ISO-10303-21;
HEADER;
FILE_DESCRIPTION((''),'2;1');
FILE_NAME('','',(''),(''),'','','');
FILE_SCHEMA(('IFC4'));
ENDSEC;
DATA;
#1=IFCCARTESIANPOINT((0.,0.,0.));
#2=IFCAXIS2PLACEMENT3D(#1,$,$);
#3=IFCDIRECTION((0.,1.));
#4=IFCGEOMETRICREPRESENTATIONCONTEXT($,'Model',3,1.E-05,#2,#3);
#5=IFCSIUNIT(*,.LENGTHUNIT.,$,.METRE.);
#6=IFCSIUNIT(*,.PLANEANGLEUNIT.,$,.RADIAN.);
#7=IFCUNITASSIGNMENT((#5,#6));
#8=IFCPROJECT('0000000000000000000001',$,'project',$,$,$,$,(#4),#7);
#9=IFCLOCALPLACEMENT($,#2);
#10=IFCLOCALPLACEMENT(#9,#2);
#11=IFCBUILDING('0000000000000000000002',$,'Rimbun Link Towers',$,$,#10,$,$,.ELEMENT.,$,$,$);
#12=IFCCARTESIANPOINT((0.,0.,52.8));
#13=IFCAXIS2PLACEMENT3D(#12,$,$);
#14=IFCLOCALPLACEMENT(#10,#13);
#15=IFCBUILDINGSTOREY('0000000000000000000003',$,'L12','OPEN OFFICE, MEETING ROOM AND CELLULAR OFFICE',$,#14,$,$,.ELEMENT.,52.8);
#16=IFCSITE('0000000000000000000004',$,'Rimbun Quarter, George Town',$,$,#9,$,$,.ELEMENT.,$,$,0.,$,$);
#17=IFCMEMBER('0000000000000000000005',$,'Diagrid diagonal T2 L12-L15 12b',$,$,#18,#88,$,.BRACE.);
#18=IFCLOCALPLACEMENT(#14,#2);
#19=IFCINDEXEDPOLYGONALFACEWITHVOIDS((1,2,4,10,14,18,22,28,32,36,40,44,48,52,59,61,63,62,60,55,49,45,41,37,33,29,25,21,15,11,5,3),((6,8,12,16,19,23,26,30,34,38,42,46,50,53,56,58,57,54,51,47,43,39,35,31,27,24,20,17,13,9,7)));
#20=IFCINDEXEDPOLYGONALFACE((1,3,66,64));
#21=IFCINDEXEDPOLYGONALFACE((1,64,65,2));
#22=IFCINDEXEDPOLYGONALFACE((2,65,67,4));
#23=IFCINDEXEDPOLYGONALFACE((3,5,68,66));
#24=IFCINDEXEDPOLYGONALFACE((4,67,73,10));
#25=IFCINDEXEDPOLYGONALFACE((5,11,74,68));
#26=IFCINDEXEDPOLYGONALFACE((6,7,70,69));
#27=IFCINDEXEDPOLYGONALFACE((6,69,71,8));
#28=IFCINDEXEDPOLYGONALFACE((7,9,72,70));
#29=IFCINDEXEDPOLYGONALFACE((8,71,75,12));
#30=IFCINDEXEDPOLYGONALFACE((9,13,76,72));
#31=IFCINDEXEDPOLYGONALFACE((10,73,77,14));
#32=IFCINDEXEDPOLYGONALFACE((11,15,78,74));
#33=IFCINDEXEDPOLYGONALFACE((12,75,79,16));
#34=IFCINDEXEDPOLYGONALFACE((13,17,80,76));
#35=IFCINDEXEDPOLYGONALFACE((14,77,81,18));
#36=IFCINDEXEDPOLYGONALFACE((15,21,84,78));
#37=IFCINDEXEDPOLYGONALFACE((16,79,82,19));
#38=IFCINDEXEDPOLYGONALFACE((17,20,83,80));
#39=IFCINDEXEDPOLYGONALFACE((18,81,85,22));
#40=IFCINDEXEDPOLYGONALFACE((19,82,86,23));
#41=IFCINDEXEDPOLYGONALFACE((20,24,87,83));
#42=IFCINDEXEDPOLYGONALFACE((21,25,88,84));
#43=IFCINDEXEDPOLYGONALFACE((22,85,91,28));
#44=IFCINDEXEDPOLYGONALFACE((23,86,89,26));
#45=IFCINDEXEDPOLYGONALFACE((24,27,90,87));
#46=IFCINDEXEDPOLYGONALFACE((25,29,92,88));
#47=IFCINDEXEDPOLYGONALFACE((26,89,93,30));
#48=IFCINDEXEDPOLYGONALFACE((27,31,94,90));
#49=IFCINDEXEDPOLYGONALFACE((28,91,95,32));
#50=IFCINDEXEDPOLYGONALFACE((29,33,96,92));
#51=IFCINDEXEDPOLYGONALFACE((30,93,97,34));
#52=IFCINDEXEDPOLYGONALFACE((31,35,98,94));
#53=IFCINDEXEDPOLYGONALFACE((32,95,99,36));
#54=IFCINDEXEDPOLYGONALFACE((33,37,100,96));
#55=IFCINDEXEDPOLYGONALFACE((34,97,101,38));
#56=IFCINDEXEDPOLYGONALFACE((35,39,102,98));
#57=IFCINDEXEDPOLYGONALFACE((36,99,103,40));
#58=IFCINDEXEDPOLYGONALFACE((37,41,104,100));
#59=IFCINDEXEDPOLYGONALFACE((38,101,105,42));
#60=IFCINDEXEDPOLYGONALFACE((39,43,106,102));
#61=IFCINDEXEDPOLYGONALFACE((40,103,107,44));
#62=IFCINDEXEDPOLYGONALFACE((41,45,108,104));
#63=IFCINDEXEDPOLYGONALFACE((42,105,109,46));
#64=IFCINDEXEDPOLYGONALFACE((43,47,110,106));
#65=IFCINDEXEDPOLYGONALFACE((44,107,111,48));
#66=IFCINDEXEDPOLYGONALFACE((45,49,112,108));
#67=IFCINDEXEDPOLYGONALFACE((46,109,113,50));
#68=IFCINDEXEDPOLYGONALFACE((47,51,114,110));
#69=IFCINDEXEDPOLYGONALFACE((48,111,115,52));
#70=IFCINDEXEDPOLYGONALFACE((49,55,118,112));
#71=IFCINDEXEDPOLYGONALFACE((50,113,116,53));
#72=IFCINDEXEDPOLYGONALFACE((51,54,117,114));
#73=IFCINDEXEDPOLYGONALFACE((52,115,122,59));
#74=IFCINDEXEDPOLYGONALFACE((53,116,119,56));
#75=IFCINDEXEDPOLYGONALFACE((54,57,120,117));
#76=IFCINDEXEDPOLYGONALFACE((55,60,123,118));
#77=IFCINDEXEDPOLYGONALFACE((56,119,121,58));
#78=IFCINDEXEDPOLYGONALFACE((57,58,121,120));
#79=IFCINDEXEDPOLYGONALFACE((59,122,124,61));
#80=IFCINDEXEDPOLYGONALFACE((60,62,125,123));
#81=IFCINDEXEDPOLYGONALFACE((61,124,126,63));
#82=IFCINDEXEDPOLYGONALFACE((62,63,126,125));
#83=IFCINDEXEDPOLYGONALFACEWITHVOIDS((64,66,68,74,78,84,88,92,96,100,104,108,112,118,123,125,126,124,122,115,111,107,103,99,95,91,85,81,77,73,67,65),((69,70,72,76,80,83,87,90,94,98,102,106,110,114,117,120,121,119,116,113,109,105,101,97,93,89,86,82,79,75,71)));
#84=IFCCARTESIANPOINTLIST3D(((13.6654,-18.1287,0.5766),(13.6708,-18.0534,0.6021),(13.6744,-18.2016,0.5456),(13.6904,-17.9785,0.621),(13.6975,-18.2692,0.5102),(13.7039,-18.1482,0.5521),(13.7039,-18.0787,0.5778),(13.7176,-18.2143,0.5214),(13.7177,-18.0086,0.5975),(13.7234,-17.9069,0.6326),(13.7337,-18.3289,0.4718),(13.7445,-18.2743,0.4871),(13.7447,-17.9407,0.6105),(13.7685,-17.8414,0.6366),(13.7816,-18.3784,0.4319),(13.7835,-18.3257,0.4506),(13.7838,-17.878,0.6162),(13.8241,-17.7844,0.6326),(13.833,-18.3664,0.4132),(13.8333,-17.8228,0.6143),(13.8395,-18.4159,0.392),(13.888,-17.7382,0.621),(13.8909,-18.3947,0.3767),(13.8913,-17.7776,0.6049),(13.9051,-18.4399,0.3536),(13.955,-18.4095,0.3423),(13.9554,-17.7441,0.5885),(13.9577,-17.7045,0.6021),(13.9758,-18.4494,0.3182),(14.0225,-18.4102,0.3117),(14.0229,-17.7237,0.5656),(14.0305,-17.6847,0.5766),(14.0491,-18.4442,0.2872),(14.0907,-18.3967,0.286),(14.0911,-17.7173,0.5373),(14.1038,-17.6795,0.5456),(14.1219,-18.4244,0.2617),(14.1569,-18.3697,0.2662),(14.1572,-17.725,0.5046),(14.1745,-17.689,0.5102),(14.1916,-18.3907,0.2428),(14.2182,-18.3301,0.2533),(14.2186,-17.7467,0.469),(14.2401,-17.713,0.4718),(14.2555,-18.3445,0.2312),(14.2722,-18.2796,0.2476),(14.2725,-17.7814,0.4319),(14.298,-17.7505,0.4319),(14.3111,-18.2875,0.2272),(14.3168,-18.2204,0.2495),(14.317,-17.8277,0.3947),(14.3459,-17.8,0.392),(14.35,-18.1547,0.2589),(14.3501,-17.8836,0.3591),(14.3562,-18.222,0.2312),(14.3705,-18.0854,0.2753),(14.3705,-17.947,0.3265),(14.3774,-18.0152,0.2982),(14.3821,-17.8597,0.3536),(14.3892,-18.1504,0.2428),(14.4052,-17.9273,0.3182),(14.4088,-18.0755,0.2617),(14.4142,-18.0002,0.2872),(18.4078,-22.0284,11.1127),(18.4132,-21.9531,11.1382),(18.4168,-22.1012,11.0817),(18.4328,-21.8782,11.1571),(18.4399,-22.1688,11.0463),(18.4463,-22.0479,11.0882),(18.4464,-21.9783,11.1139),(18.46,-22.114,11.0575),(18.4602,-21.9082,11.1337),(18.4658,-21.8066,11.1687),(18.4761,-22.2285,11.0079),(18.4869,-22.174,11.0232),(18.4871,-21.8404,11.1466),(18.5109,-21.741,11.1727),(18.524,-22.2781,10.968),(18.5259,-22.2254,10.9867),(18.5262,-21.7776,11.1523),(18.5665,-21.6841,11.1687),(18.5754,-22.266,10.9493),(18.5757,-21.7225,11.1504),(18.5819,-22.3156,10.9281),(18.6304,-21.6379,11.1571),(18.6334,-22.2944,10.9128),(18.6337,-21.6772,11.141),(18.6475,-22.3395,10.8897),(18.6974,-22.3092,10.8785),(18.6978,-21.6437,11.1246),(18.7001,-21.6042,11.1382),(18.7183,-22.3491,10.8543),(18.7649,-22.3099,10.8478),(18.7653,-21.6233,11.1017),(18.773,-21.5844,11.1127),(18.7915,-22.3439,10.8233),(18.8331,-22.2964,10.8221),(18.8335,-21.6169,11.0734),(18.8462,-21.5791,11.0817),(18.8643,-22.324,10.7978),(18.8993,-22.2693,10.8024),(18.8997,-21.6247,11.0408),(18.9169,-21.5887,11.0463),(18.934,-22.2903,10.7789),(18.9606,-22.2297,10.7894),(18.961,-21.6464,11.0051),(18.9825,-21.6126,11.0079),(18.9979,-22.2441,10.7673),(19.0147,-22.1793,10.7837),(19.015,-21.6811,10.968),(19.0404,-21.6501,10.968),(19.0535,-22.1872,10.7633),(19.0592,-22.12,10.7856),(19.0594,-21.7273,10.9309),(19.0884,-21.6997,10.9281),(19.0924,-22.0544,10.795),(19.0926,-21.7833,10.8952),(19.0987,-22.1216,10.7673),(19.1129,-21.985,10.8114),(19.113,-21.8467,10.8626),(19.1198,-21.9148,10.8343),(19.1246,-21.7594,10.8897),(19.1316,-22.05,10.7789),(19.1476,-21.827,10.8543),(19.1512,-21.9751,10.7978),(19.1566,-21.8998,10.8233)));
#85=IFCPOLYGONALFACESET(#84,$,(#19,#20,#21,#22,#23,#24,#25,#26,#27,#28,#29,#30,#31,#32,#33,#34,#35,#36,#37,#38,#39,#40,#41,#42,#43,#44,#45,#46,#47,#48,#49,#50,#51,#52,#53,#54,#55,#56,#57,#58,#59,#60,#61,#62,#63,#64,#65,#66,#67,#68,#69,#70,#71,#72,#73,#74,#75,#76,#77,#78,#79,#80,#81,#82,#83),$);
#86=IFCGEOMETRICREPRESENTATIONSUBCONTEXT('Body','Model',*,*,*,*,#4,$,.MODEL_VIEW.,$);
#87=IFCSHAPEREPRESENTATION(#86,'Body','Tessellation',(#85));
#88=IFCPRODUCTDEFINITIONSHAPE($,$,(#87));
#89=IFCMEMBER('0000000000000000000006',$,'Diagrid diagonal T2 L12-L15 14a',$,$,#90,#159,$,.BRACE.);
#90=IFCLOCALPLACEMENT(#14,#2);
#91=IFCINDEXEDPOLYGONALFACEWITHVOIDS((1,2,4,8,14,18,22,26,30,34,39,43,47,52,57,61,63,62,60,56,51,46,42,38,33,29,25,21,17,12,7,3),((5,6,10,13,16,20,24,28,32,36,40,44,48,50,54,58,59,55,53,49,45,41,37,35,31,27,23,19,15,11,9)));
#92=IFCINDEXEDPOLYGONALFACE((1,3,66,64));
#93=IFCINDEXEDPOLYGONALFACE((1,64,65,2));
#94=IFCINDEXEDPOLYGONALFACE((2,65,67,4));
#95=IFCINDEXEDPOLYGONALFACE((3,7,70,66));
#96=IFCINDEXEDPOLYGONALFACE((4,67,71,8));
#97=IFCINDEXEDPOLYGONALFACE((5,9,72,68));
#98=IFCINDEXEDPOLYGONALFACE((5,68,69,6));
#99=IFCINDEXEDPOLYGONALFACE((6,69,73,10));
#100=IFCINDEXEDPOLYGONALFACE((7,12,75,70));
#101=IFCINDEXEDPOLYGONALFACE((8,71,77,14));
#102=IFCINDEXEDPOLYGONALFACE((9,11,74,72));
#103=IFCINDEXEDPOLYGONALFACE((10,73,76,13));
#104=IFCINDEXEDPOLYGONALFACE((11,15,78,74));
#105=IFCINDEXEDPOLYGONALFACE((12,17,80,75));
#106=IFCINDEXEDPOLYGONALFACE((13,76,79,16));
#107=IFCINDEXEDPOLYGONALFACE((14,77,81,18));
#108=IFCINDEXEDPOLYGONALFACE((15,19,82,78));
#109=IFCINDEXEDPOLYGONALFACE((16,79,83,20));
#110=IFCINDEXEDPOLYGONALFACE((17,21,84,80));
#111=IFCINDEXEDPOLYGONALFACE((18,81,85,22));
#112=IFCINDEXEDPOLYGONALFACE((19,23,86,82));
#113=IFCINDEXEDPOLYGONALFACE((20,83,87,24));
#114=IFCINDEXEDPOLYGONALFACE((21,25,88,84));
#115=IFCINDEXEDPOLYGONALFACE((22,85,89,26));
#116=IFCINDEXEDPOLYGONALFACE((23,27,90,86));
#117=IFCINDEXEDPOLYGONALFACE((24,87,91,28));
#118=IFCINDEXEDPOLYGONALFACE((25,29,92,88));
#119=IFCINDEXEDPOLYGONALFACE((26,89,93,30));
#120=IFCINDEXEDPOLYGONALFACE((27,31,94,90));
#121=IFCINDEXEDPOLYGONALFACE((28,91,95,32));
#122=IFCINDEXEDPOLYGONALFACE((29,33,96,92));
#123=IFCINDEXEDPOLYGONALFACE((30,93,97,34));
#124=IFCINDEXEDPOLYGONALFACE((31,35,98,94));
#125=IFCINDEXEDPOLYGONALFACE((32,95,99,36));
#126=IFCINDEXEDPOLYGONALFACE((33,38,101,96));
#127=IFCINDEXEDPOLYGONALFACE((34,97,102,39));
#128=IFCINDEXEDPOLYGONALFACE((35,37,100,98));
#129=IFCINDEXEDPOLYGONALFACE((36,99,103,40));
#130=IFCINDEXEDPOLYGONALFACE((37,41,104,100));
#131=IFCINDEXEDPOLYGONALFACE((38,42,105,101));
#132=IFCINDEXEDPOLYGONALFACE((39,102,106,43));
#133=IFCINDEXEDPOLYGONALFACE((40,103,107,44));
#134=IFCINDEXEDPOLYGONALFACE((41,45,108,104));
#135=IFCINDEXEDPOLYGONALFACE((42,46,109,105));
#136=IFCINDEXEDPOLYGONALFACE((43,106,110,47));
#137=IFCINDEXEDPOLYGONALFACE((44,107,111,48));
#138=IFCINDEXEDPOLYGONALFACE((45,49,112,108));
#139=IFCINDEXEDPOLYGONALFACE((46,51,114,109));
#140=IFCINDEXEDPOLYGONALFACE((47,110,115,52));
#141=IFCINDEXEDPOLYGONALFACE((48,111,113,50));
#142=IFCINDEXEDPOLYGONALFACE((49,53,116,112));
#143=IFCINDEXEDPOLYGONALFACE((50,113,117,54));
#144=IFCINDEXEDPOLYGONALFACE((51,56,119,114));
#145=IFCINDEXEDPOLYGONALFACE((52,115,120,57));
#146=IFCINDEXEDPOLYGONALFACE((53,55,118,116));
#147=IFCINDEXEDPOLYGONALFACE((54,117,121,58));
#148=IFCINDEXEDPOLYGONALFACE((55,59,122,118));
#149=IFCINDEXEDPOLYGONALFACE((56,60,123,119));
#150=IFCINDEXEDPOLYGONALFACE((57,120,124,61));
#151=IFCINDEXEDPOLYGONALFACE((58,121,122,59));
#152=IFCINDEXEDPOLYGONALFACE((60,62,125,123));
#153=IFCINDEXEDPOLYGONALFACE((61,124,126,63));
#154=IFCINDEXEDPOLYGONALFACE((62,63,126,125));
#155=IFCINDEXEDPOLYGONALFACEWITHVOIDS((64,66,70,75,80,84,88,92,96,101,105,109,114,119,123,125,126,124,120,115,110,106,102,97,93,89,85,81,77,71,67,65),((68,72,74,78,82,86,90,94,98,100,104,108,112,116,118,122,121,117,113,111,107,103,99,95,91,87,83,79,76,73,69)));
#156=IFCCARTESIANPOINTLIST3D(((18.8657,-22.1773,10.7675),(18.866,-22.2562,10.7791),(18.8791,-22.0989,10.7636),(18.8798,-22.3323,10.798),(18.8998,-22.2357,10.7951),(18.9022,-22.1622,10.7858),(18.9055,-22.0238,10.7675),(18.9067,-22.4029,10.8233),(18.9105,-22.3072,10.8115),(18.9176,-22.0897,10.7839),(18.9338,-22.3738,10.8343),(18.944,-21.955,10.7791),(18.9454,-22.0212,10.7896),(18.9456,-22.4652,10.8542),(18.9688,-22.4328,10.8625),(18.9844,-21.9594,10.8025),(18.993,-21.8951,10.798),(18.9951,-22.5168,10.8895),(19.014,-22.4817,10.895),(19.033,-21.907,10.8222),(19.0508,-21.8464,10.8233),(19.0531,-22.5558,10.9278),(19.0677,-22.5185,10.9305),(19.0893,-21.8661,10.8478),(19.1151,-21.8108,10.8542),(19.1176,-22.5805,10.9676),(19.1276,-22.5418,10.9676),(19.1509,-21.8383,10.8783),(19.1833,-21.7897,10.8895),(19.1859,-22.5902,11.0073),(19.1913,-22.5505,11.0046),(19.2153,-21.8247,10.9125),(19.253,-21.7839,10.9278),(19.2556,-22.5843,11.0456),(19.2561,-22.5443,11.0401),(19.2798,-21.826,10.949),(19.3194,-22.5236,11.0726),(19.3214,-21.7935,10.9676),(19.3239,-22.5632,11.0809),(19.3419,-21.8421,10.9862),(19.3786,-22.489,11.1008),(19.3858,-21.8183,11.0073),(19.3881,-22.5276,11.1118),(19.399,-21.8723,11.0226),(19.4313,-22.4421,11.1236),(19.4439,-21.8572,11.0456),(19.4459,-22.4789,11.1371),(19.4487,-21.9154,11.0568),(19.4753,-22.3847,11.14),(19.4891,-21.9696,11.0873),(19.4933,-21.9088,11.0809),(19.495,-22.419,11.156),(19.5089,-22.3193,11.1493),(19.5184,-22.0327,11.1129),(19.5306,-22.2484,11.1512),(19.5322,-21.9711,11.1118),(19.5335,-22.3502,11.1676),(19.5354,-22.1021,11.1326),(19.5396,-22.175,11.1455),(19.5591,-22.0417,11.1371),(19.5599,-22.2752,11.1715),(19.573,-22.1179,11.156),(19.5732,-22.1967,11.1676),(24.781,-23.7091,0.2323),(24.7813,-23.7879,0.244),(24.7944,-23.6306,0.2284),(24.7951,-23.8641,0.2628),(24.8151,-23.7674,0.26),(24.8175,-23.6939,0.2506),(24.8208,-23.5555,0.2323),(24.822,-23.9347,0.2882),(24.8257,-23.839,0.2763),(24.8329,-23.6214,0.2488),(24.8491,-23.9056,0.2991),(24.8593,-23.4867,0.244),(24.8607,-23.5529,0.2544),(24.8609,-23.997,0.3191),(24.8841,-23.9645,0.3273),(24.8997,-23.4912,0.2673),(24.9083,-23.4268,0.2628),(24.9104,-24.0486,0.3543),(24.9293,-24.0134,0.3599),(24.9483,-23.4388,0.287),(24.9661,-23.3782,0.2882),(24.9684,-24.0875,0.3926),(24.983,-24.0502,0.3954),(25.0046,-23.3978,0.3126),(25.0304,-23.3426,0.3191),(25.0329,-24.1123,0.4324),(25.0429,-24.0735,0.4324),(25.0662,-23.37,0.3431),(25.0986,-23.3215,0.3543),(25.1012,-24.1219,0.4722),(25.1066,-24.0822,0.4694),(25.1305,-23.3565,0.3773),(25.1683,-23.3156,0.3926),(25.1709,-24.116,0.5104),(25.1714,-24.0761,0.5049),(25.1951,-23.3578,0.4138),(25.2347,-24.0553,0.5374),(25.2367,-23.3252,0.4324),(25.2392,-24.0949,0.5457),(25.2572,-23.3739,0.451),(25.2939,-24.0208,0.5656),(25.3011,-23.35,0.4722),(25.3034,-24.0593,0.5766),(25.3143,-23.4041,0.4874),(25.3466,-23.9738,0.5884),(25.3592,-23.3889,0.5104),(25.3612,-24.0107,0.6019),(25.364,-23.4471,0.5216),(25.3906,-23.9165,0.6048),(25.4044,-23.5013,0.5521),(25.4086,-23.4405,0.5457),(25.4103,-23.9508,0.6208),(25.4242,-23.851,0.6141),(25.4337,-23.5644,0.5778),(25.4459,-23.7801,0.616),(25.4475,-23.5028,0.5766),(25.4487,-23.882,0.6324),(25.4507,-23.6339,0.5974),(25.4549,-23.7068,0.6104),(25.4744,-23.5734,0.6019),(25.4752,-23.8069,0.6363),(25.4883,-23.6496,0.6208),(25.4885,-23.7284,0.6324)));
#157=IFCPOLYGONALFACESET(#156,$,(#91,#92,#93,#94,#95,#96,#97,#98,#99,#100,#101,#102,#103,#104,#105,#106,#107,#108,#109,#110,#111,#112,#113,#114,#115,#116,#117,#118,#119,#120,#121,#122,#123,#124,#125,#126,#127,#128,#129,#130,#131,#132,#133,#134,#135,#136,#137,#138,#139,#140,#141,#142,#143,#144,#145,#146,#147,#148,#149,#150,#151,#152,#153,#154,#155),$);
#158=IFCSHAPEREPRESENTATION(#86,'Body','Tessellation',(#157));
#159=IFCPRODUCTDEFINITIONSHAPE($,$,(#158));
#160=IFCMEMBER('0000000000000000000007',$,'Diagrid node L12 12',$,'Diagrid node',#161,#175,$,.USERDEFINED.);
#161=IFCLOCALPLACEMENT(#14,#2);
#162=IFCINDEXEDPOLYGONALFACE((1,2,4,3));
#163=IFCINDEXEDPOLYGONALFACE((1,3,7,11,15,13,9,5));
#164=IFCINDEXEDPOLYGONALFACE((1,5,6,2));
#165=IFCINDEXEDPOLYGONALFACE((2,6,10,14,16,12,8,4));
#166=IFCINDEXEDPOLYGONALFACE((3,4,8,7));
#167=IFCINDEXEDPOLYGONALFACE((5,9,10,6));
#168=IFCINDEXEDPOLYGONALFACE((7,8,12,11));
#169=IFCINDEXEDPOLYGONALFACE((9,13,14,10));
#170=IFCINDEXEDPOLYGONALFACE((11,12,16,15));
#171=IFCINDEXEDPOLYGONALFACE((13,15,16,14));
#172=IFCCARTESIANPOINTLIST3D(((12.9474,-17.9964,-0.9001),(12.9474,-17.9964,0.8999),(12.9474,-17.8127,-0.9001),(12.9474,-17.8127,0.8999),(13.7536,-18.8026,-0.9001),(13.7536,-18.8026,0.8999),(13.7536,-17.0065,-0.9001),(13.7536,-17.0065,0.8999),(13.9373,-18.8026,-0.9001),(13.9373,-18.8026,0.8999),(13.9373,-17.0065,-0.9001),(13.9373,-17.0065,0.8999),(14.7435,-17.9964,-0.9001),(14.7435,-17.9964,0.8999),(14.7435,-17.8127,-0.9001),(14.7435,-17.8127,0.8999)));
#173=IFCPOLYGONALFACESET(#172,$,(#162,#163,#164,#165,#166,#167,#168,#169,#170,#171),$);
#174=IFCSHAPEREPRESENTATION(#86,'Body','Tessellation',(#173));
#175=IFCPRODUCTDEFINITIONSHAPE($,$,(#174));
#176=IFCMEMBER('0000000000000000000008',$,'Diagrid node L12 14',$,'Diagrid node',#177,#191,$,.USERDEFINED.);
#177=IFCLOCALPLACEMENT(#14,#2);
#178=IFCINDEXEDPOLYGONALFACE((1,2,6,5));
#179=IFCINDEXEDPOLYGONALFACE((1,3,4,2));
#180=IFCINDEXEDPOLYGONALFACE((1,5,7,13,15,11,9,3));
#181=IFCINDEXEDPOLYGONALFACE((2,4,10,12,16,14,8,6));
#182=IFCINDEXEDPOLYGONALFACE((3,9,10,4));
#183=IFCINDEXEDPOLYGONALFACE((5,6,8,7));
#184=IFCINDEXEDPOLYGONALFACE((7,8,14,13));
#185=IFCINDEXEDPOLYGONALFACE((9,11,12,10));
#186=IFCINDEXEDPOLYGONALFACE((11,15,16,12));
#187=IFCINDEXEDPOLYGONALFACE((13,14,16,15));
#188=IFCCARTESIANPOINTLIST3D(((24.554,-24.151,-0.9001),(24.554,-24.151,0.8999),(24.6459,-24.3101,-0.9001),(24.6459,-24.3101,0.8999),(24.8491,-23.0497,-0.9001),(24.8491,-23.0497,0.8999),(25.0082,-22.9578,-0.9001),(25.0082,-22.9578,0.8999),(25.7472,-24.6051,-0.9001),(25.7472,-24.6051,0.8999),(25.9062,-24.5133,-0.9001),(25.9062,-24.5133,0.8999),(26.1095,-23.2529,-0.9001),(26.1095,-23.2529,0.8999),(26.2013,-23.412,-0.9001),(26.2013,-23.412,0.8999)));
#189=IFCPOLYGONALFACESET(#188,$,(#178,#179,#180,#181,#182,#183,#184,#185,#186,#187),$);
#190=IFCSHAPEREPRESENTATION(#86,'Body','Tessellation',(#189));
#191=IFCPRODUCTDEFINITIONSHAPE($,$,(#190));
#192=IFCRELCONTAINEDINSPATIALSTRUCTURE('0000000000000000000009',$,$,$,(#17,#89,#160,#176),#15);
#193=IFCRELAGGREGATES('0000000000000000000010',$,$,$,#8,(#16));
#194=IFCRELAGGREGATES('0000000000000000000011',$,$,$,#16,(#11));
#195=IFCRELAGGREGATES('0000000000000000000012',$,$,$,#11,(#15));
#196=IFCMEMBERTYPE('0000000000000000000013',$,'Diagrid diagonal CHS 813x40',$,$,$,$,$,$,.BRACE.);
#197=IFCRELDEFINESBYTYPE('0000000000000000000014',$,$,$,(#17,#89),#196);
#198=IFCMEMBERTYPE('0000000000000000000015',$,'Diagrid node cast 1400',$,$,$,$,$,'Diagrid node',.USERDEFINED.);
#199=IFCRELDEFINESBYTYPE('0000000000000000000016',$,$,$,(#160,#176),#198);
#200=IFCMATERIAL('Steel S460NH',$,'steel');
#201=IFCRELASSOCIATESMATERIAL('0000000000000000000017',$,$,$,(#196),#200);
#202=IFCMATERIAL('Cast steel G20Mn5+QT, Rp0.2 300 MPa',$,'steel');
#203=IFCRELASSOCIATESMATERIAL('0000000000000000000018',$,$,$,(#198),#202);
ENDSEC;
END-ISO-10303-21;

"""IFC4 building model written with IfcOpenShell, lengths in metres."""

from ifc_helpers import new_model, si_unit, direction, frame, origin, origin_2d, place, context, subcontext, project, spatial, polyline, hollow_circle, outline, extrude, material, material_profile, profile_set, type_object, element, save


model = new_model("IFC4")

# Units and contexts
model_context = context("Model", 3, precision=1e-05, world=origin(), true_north=direction((0.0, 1.0)))
body_context = subcontext(model_context, "Body", "Model", "MODEL_VIEW")
ifc_project = project(units=[si_unit("LENGTHUNIT", "METRE"), si_unit("PLANEANGLEUNIT", "RADIAN")], contexts=[model_context])

# Site, building, storey
site_placement = place(None, origin())
site = spatial("IfcSite", under=ifc_project, at=site_placement, Name="Rimbun Quarter, George Town", CompositionType="ELEMENT", RefElevation=0.0)
building_placement = place(site_placement, origin())
building = spatial("IfcBuilding", under=site, at=building_placement, Name="Rimbun Link Towers", CompositionType="ELEMENT")
storey_placement = place(building_placement, frame((0.0, 0.0, 52.8)))
storey = spatial("IfcBuildingStorey", under=building, at=storey_placement, Name="L12", Description="OPEN OFFICE, MEETING ROOM AND CELLULAR OFFICE", CompositionType="ELEMENT", Elevation=52.8)

# Members
ifc_material_1 = material(Name="Steel S460NH", Category="steel")
ifc_material_profile_1 = material_profile(ifc_material_1, hollow_circle(Radius=0.4065, WallThickness=0.04, at=origin_2d()), Name="Diagrid diagonal CHS 813x40")
ifc_profile_set_1 = profile_set([ifc_material_profile_1], Name="Steel S460NH")
member_type_1 = type_object("IfcMemberType", Name="Diagrid diagonal CHS 813x40", PredefinedType="BRACE", material=ifc_profile_set_1)
for number, where, z_axis, x_axis, name in (
    (1, (14.0398, -18.0645, 0.4319), (0.388896, -0.319786, 0.864), (0.635137, 0.772399, 0.0), "Diagrid diagonal T2 L12-L15 12b"),
):
    element("IfcMember", number, at=place(storey_placement, frame(where, z_axis=z_axis, x_axis=x_axis)), inside=storey, type_object=member_type_1, Name=name, PredefinedType="BRACE", context=body_context, shape_type="SweptSolid", body=[
        extrude(hollow_circle(Radius=0.4065, WallThickness=0.04, at=origin_2d()), origin(), (0.0, 0.0, 1.0), 12.1946),
    ])
member_1_placement = place(storey_placement, frame((25.1348, -23.7188, 0.4324), z_axis=(-0.485698, 0.12577, 0.865031), x_axis=(-0.250678, -0.968071, 0.0)))
element("IfcMember", 2, at=member_1_placement, inside=storey, type_object=member_type_1, Name="Diagrid diagonal T2 L12-L15 14a", PredefinedType="BRACE", context=body_context, shape_type="SweptSolid", body=[
    extrude(hollow_circle(Radius=0.4065, WallThickness=0.04, at=origin_2d()), origin(), (0.0, 0.0, 1.0), 12.179),
])
ifc_material_2 = material(Name="Cast steel G20Mn5+QT, Rp0.2 300 MPa", Category="steel")
ifc_material_profile_2 = material_profile(ifc_material_2, outline(polyline([(0.7, -0.5701), (0.7, 0.5701), (0.5701, 0.7), (-0.5701, 0.7), (-0.7, 0.5701), (-0.7, -0.5701), (-0.5701, -0.7), (0.5701, -0.7), (0.7, -0.5701)])), Name="NODE 1400x1400")
ifc_profile_set_2 = profile_set([ifc_material_profile_2], Name="Cast steel G20Mn5+QT, Rp0.2 300 MPa")
member_type_2 = type_object("IfcMemberType", Name="Diagrid node cast 1400", ElementType="Diagrid node", PredefinedType="USERDEFINED", material=ifc_profile_set_2)
for number, where, z_axis, x_axis, name in (
    (3, (13.8455, -17.9045, -0.9001), (0.0, 0.0, 1.0), (-0.707107, -0.707107, 0.0), "Diagrid node L12 12"),
    (4, (25.3777, -23.7815, -0.9001), (0.0, 0.0, 1.0), (-0.258819, -0.965926, 0.0), "Diagrid node L12 14"),
):
    element("IfcMember", number, at=place(storey_placement, frame(where, z_axis=z_axis, x_axis=x_axis)), inside=storey, type_object=member_type_2, Name=name, ObjectType="Diagrid node", PredefinedType="USERDEFINED", context=body_context, shape_type="SweptSolid", body=[
        extrude(outline(polyline([(0.7, -0.5701), (0.7, 0.5701), (0.5701, 0.7), (-0.5701, 0.7), (-0.7, 0.5701), (-0.7, -0.5701), (-0.5701, -0.7), (0.5701, -0.7), (0.7, -0.5701)])), origin(), (0.0, 0.0, 1.0), 1.8),
    ])

save(model, "model.ifc")
